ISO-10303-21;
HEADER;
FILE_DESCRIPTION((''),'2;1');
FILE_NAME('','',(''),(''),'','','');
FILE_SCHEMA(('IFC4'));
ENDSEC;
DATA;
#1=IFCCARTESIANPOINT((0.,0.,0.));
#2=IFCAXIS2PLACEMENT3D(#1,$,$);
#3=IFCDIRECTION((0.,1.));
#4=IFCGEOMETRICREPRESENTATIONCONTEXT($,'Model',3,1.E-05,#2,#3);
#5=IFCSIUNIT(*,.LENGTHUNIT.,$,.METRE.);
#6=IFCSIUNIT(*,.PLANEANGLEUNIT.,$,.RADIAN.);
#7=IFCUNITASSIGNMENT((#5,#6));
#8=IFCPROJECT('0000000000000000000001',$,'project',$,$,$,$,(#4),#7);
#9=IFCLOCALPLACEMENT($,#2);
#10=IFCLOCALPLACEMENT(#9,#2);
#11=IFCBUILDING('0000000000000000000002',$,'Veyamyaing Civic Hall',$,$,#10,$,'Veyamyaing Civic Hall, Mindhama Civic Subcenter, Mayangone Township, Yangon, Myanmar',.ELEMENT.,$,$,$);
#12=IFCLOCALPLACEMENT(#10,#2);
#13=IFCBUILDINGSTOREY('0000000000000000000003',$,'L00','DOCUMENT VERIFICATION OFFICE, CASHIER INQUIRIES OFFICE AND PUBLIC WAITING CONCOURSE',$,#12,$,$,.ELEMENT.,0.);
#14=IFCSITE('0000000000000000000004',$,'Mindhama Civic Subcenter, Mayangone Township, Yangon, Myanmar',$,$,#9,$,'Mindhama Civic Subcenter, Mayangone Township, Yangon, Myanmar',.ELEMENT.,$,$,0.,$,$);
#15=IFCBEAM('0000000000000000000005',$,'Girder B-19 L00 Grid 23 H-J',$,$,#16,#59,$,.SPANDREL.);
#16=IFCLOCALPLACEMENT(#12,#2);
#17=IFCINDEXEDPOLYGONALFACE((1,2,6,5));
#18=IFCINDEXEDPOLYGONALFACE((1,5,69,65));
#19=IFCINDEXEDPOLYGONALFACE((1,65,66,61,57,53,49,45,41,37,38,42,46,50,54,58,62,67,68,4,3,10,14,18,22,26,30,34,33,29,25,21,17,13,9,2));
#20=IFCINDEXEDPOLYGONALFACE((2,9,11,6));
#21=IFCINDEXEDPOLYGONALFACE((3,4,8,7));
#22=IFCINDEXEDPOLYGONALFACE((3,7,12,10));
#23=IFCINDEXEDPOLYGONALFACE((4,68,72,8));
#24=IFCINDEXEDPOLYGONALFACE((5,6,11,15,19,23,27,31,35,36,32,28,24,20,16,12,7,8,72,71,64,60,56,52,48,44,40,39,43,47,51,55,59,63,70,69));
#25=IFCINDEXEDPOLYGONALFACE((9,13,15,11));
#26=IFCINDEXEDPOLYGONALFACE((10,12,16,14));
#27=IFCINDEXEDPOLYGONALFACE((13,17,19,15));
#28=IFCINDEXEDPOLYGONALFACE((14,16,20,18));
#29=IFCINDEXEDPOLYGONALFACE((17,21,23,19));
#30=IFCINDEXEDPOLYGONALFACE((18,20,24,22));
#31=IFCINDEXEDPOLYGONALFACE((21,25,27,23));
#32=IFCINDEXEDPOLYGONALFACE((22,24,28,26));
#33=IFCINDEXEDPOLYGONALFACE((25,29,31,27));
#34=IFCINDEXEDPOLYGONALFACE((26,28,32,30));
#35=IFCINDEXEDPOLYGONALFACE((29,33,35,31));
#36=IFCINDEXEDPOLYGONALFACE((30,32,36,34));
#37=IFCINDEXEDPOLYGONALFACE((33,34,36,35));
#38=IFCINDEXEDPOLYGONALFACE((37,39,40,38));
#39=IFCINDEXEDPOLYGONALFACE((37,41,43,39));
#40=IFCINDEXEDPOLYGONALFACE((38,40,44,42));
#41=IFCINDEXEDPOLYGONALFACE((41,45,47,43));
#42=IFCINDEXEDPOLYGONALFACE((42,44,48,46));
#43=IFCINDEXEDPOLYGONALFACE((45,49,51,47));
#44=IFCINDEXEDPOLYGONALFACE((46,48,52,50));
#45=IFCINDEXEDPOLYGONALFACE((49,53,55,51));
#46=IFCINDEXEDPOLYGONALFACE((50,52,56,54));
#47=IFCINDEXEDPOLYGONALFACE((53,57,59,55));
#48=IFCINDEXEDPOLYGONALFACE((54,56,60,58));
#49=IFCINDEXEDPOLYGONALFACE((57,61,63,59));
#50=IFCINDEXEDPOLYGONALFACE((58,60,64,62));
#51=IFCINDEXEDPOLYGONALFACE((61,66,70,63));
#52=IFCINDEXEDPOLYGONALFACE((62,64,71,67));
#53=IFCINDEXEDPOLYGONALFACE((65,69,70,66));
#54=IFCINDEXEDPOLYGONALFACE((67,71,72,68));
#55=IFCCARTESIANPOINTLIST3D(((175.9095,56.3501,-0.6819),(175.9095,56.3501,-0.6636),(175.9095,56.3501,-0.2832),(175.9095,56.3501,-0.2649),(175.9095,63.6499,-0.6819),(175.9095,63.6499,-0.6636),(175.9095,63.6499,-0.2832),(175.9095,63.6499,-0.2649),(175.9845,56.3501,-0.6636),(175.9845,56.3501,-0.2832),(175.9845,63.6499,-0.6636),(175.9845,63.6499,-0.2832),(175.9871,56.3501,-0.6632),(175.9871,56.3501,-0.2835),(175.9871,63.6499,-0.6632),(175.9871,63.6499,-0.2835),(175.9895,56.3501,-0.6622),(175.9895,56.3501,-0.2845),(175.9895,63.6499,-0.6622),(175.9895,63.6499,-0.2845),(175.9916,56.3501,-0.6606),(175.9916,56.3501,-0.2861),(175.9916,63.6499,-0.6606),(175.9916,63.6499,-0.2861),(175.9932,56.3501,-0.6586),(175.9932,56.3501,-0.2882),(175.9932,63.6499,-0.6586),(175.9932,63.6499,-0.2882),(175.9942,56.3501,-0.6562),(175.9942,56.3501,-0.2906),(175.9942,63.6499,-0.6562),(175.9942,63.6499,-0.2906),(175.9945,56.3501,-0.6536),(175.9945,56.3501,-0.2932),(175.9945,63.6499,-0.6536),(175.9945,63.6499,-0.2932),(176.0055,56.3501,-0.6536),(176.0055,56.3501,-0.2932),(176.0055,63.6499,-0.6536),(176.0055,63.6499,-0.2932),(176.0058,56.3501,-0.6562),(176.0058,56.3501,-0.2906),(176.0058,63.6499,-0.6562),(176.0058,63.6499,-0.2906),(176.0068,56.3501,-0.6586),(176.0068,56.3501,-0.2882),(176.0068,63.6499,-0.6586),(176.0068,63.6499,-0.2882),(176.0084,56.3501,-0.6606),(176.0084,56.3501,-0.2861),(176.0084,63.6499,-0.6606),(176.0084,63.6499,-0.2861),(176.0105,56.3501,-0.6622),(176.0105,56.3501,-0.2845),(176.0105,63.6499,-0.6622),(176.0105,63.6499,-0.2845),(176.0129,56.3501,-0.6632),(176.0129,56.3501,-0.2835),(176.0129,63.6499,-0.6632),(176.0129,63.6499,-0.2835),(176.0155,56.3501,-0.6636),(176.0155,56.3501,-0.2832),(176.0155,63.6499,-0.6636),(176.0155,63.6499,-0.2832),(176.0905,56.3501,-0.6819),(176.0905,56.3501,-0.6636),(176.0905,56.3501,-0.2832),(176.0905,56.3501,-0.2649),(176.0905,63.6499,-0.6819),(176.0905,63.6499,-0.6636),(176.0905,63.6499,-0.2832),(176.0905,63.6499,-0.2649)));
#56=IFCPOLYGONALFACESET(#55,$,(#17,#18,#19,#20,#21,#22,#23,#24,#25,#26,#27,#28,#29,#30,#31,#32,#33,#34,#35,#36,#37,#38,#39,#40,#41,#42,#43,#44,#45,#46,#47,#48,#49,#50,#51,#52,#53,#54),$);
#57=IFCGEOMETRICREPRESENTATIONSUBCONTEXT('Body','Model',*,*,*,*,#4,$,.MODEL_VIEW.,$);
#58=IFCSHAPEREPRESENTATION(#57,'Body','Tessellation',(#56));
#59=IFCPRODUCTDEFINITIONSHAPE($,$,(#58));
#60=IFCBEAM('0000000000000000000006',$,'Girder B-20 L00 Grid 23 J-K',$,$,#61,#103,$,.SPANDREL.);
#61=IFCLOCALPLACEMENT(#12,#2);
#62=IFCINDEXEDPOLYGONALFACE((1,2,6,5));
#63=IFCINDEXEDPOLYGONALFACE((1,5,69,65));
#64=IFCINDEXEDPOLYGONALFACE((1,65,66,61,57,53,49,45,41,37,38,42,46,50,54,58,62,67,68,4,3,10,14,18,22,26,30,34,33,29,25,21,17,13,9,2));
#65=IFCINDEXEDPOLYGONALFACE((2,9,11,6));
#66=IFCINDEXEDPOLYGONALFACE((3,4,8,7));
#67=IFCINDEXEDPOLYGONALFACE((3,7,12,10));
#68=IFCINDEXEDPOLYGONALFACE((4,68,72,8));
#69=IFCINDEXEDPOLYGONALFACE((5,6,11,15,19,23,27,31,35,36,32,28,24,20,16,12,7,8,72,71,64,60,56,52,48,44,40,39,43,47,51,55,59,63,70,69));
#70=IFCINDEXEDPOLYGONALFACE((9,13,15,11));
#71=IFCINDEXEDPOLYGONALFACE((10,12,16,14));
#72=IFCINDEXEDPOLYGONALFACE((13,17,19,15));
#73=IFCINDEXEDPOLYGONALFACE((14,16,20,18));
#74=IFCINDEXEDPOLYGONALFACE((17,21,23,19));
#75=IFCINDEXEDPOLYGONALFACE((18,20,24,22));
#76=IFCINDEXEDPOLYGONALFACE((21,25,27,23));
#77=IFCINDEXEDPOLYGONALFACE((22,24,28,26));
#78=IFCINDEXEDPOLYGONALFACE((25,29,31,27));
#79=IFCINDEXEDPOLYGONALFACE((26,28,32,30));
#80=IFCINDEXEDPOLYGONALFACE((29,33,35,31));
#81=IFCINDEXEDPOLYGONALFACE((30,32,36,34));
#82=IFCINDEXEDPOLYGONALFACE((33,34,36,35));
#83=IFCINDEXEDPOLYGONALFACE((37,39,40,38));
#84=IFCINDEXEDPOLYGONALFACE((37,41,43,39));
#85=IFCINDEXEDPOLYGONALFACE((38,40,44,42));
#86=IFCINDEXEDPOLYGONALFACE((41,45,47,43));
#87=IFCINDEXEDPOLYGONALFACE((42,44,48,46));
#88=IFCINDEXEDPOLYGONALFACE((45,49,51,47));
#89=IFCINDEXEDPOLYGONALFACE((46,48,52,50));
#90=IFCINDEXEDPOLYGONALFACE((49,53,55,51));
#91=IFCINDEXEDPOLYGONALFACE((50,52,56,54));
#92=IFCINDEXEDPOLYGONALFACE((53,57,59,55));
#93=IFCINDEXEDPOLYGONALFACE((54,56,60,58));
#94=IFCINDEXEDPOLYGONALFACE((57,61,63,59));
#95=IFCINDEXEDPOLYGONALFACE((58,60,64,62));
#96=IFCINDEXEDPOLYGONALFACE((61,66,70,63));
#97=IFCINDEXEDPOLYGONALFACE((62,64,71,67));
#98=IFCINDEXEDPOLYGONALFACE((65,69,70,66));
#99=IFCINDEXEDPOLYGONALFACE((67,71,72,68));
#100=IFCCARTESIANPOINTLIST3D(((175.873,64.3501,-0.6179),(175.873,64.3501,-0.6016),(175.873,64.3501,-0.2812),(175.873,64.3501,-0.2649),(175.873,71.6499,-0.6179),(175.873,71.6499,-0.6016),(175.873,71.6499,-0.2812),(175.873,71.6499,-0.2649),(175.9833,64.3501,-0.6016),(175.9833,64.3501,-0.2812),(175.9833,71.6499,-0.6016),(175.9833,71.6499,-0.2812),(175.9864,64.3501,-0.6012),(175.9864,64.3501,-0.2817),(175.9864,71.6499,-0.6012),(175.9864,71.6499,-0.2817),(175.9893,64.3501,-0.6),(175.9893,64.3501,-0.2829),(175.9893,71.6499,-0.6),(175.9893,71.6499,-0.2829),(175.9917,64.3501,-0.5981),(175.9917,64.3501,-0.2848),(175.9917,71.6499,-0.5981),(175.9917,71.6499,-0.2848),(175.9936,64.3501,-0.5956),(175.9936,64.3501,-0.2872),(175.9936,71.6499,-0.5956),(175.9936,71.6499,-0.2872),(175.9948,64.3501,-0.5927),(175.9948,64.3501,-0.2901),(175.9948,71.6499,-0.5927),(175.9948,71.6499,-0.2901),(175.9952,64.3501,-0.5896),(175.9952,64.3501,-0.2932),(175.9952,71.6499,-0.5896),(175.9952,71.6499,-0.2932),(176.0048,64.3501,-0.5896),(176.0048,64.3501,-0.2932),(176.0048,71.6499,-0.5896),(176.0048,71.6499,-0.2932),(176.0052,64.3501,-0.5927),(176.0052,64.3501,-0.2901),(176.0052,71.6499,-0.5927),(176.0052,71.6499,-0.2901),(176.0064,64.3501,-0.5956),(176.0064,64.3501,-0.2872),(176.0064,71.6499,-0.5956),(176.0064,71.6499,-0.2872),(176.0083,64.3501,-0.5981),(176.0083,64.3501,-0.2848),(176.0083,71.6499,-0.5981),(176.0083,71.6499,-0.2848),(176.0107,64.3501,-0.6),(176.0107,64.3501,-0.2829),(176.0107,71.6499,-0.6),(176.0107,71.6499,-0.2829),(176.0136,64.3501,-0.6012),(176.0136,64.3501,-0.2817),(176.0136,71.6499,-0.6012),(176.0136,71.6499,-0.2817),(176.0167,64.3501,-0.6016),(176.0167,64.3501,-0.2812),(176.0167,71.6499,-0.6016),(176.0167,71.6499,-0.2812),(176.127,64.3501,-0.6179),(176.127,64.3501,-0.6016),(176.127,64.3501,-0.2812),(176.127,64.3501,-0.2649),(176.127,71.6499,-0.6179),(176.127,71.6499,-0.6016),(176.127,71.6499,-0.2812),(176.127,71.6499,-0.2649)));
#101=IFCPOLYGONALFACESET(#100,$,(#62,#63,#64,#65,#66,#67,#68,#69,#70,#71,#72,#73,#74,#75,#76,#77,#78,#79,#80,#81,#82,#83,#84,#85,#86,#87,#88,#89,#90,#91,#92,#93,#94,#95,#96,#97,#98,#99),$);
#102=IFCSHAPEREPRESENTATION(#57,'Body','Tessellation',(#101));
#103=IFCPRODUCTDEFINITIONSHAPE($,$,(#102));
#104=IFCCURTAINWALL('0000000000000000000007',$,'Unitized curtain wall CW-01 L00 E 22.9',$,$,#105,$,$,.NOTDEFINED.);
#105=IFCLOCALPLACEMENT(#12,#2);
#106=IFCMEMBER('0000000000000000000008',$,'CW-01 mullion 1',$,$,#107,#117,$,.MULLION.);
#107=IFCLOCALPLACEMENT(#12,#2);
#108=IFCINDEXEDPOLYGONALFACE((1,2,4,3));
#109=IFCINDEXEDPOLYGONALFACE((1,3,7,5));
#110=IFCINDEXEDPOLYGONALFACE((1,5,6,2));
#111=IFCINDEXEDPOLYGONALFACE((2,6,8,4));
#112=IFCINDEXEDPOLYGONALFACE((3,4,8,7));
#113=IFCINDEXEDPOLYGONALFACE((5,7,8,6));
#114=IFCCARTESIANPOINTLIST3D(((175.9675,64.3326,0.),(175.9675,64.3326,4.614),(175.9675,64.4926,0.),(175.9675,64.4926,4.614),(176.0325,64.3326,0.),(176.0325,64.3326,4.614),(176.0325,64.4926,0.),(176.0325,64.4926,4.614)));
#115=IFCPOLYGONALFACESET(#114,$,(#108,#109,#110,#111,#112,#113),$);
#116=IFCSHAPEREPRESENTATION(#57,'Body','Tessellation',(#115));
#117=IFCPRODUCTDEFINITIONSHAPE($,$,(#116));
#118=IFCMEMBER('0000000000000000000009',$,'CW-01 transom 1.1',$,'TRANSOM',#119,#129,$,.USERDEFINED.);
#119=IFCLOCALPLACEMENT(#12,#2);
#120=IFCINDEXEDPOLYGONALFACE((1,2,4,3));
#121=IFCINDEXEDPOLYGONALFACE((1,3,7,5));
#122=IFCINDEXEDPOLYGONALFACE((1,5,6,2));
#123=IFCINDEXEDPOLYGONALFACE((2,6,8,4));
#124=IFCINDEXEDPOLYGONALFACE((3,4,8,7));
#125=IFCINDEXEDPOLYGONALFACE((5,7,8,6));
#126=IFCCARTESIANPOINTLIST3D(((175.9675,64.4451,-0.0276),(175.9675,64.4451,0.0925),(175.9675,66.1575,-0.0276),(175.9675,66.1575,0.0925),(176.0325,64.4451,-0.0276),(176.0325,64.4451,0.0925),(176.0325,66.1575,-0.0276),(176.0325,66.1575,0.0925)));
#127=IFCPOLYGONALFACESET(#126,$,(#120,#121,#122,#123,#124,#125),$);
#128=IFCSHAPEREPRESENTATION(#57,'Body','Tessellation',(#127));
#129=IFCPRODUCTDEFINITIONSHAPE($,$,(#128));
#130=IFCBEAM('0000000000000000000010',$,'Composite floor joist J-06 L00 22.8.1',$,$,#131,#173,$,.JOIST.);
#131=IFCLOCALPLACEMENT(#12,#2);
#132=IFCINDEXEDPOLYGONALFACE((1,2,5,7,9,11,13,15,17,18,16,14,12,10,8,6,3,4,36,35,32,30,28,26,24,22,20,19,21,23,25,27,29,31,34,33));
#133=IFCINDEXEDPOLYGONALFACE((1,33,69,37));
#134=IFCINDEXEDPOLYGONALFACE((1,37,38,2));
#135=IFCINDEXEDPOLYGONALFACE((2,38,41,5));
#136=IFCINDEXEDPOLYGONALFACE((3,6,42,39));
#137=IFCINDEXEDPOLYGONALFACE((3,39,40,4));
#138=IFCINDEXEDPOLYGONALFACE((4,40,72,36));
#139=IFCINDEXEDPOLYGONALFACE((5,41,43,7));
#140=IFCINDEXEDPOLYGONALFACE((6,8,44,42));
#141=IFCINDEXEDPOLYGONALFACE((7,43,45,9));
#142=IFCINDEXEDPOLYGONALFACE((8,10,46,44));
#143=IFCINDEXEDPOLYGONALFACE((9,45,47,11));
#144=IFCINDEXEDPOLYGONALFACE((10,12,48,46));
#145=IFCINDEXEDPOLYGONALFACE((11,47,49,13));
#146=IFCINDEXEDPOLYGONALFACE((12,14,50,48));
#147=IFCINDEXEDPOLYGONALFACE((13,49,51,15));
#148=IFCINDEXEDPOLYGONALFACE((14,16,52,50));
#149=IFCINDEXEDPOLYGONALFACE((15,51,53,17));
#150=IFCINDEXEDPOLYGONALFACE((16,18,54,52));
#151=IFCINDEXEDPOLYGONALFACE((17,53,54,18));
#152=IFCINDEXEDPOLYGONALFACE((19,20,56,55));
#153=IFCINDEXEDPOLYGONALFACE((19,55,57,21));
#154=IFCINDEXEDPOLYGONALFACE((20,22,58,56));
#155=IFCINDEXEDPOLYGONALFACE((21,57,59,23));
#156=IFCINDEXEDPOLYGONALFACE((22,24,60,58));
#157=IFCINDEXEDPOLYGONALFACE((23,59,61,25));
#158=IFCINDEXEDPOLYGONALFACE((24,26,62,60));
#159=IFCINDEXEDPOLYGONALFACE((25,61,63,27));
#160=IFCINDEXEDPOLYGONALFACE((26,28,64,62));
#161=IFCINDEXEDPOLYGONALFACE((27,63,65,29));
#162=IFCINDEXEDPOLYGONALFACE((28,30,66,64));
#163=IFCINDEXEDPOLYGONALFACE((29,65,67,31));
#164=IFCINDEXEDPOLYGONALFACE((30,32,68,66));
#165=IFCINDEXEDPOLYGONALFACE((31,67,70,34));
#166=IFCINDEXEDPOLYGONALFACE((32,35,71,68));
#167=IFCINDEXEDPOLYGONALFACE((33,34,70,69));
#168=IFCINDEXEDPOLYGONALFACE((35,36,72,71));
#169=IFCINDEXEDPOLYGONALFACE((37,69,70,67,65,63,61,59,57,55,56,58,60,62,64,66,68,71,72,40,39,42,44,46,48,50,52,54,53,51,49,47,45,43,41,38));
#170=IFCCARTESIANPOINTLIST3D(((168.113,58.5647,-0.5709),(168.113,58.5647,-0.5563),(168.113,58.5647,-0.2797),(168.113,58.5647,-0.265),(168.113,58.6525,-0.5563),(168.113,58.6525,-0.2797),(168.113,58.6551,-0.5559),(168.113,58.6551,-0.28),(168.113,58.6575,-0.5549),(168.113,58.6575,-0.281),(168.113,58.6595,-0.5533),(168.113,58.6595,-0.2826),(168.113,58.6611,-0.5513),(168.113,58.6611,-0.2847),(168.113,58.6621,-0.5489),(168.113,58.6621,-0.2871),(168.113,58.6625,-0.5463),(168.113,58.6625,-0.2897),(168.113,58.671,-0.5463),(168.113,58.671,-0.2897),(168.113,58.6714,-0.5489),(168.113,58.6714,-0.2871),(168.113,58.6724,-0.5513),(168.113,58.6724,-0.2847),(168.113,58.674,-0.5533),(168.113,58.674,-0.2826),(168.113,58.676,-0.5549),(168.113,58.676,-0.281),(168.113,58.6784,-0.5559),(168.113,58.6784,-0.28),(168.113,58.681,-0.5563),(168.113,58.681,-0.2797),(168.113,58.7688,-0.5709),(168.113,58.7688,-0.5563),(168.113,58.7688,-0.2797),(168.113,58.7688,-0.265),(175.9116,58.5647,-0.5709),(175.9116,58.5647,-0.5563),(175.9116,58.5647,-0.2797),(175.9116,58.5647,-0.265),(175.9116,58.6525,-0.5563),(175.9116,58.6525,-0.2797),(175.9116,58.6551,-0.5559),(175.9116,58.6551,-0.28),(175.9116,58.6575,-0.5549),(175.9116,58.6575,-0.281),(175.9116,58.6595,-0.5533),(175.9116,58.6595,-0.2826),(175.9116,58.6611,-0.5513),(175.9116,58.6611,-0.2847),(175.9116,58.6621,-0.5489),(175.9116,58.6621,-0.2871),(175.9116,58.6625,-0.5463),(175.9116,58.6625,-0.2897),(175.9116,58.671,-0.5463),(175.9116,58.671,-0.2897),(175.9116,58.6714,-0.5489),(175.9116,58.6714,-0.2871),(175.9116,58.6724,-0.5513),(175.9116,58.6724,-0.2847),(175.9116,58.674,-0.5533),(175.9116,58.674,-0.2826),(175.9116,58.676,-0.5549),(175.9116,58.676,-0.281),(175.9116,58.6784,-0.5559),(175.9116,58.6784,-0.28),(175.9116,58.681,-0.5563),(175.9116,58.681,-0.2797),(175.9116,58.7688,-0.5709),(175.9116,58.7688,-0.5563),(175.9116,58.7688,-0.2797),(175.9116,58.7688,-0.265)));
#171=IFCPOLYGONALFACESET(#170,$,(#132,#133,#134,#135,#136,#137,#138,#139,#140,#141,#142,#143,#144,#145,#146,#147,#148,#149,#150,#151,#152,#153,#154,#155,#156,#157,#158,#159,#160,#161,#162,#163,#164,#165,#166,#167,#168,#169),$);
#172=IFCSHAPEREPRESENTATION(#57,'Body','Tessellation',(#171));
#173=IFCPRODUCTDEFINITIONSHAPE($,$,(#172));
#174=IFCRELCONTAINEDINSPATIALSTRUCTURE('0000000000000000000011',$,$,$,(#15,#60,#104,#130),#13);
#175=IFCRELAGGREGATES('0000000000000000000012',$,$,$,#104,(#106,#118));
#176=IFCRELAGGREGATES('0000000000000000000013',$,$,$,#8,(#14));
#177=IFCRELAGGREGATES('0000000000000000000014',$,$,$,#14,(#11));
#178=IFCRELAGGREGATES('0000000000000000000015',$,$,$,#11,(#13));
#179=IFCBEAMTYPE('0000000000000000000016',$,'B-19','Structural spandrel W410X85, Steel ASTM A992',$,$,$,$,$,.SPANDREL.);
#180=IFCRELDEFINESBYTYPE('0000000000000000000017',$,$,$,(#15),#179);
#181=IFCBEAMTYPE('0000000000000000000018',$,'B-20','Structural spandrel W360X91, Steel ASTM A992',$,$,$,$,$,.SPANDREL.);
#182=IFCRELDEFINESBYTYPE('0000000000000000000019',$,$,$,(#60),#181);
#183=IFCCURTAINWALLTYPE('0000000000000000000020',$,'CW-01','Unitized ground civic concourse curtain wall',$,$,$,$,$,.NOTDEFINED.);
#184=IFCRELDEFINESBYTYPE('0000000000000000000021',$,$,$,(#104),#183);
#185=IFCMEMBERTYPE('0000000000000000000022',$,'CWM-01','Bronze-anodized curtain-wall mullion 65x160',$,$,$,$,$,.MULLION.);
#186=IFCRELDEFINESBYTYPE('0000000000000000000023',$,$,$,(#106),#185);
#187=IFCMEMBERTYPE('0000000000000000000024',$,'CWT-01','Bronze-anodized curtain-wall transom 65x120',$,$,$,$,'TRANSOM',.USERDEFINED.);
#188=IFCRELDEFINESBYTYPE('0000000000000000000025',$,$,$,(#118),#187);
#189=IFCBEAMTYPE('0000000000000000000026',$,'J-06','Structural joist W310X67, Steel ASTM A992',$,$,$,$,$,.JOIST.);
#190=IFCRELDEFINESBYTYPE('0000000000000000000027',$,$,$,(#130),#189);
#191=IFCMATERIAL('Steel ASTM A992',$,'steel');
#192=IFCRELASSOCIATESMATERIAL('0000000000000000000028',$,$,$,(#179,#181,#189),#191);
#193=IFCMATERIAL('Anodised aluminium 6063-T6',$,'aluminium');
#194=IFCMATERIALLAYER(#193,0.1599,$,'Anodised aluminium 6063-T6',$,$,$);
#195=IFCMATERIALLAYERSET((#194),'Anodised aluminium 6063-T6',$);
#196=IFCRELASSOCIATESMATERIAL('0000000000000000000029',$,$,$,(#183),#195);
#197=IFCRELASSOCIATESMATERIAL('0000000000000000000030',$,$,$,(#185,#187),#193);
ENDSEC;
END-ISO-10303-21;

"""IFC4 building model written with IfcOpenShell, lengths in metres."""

from ifc_helpers import new_model, si_unit, direction, frame, origin, origin_2d, place, context, subcontext, project, spatial, rectangle, i_section, extrude, material, layer, layer_set, material_profile, profile_set, type_object, element, aggregate, save


model = new_model("IFC4")

# Units and contexts
model_context = context("Model", 3, precision=1e-05, world=origin(), true_north=direction((0.0, 1.0)))
body_context = subcontext(model_context, "Body", "Model", "MODEL_VIEW")
ifc_project = project(units=[si_unit("LENGTHUNIT", "METRE"), si_unit("PLANEANGLEUNIT", "RADIAN")], contexts=[model_context])

# Site, building, storey
site_placement = place(None, origin())
site = spatial("IfcSite", under=ifc_project, at=site_placement, Name="Mindhama Civic Subcenter, Mayangone Township, Yangon, Myanmar", LongName="Mindhama Civic Subcenter, Mayangone Township, Yangon, Myanmar", CompositionType="ELEMENT", RefElevation=0.0)
building_placement = place(site_placement, origin())
building = spatial("IfcBuilding", under=site, at=building_placement, Name="Veyamyaing Civic Hall", LongName="Veyamyaing Civic Hall, Mindhama Civic Subcenter, Mayangone Township, Yangon, Myanmar", CompositionType="ELEMENT")
storey_placement = place(building_placement, origin())
storey = spatial("IfcBuildingStorey", under=building, at=storey_placement, Name="L00", Description="DOCUMENT VERIFICATION OFFICE, CASHIER INQUIRIES OFFICE AND PUBLIC WAITING CONCOURSE", CompositionType="ELEMENT", Elevation=0.0)

# Beams
ifc_material_1 = material(Name="Steel ASTM A992", Category="steel")
ifc_material_profile_1 = material_profile(ifc_material_1, i_section(OverallWidth=0.1809, OverallDepth=0.417, WebThickness=0.011, FlangeThickness=0.0183, FilletRadius=0.01, at=origin_2d()), Name="W410X85")
ifc_profile_set_1 = profile_set([ifc_material_profile_1], Name="Steel ASTM A992")
beam_type_1 = type_object("IfcBeamType", Name="B-19", Description="Structural spandrel W410X85, Steel ASTM A992", PredefinedType="SPANDREL", material=ifc_profile_set_1)
beam_1_placement = place(storey_placement, frame((176.0, 56.3501, -0.4734), z_axis=(0.0, 1.0, 0.0), x_axis=(-1.0, 0.0, 0.0)))
element("IfcBeam", 1, at=beam_1_placement, inside=storey, type_object=beam_type_1, Name="Girder B-19 L00 Grid 23 H-J", PredefinedType="SPANDREL", context=body_context, shape_type="SweptSolid", body=[
    extrude(i_section(OverallWidth=0.1809, OverallDepth=0.417, WebThickness=0.011, FlangeThickness=0.0183, FilletRadius=0.01, at=origin_2d()), origin(), (0.0, 0.0, 1.0), 7.2998),
])
ifc_material_profile_2 = material_profile(ifc_material_1, i_section(OverallWidth=0.2539, OverallDepth=0.353, WebThickness=0.0095, FlangeThickness=0.0164, FilletRadius=0.012, at=origin_2d()), Name="W360X91")
ifc_profile_set_2 = profile_set([ifc_material_profile_2], Name="Steel ASTM A992")
beam_type_2 = type_object("IfcBeamType", Name="B-20", Description="Structural spandrel W360X91, Steel ASTM A992", PredefinedType="SPANDREL", material=ifc_profile_set_2)
beam_2_placement = place(storey_placement, frame((176.0, 64.3501, -0.4414), z_axis=(0.0, 1.0, 0.0), x_axis=(-1.0, 0.0, 0.0)))
element("IfcBeam", 2, at=beam_2_placement, inside=storey, type_object=beam_type_2, Name="Girder B-20 L00 Grid 23 J-K", PredefinedType="SPANDREL", context=body_context, shape_type="SweptSolid", body=[
    extrude(i_section(OverallWidth=0.2539, OverallDepth=0.353, WebThickness=0.0095, FlangeThickness=0.0164, FilletRadius=0.012, at=origin_2d()), origin(), (0.0, 0.0, 1.0), 7.2998),
])

# Curtain wall, members
ifc_material_2 = material(Name="Anodised aluminium 6063-T6", Category="aluminium")
ifc_layer_1 = layer(ifc_material_2, 0.1599, Name="Anodised aluminium 6063-T6")
ifc_layer_set_1 = layer_set([ifc_layer_1], Name="Anodised aluminium 6063-T6")
curtain_wall_type = type_object("IfcCurtainWallType", Name="CW-01", Description="Unitized ground civic concourse curtain wall", PredefinedType="NOTDEFINED", material=ifc_layer_set_1)
curtain_wall_placement = place(storey_placement, origin())
curtain_wall = element("IfcCurtainWall", 3, at=curtain_wall_placement, inside=storey, type_object=curtain_wall_type, Name="Unitized curtain wall CW-01 L00 E 22.9", PredefinedType="NOTDEFINED")
ifc_material_profile_3 = material_profile(ifc_material_2, rectangle(XDim=0.0649, YDim=0.1599, at=origin_2d()), Name="ALU-MUL-65X160")
ifc_profile_set_3 = profile_set([ifc_material_profile_3], Name="Anodised aluminium 6063-T6")
member_type_1 = type_object("IfcMemberType", Name="CWM-01", Description="Bronze-anodized curtain-wall mullion 65x160", PredefinedType="MULLION", material=ifc_profile_set_3)
member_1_placement = place(storey_placement, frame((176.0, 64.4126, 0.0), z_axis=(0.0, 0.0, 1.0), x_axis=(-1.0, 0.0, 0.0)))
member_1 = element("IfcMember", 4, at=member_1_placement, type_object=member_type_1, Name="CW-01 mullion 1", PredefinedType="MULLION", context=body_context, shape_type="SweptSolid", body=[
    extrude(rectangle(XDim=0.0649, YDim=0.1599, at=origin_2d()), origin(), (0.0, 0.0, 1.0), 4.614),
])
ifc_material_profile_4 = material_profile(ifc_material_2, rectangle(XDim=0.0649, YDim=0.1201, at=origin_2d()), Name="ALU-TRN-65X120")
ifc_profile_set_4 = profile_set([ifc_material_profile_4], Name="Anodised aluminium 6063-T6")
member_type_2 = type_object("IfcMemberType", Name="CWT-01", Description="Bronze-anodized curtain-wall transom 65x120", ElementType="TRANSOM", PredefinedType="USERDEFINED", material=ifc_profile_set_4)
member_2_placement = place(storey_placement, frame((176.0, 64.4451, 0.0325), z_axis=(0.0, 1.0, 0.0), x_axis=(-1.0, 0.0, 0.0)))
member_2 = element("IfcMember", 5, at=member_2_placement, type_object=member_type_2, Name="CW-01 transom 1.1", ObjectType="TRANSOM", PredefinedType="USERDEFINED", context=body_context, shape_type="SweptSolid", body=[
    extrude(rectangle(XDim=0.0649, YDim=0.1201, at=origin_2d()), origin(), (0.0, 0.0, 1.0), 1.7124),
])
aggregate(curtain_wall, [member_1, member_2])

# Beam
ifc_material_profile_5 = material_profile(ifc_material_1, i_section(OverallWidth=0.2041, OverallDepth=0.3059, WebThickness=0.0085, FlangeThickness=0.0146, FilletRadius=0.01, at=origin_2d()), Name="W310X67")
ifc_profile_set_5 = profile_set([ifc_material_profile_5], Name="Steel ASTM A992")
beam_type_3 = type_object("IfcBeamType", Name="J-06", Description="Structural joist W310X67, Steel ASTM A992", PredefinedType="JOIST", material=ifc_profile_set_5)
for number, where, z_axis, x_axis, name in (
    (6, (168.113, 58.6667, -0.418), (1.0, 0.0, 0.0), (0.0, 1.0, 0.0), "Composite floor joist J-06 L00 22.8.1"),
):
    element("IfcBeam", number, at=place(storey_placement, frame(where, z_axis=z_axis, x_axis=x_axis)), inside=storey, type_object=beam_type_3, Name=name, PredefinedType="JOIST", context=body_context, shape_type="SweptSolid", body=[
        extrude(i_section(OverallWidth=0.2041, OverallDepth=0.3059, WebThickness=0.0085, FlangeThickness=0.0146, FilletRadius=0.01, at=origin_2d()), origin(), (0.0, 0.0, 1.0), 7.7986),
    ])

save(model, "model.ifc")
